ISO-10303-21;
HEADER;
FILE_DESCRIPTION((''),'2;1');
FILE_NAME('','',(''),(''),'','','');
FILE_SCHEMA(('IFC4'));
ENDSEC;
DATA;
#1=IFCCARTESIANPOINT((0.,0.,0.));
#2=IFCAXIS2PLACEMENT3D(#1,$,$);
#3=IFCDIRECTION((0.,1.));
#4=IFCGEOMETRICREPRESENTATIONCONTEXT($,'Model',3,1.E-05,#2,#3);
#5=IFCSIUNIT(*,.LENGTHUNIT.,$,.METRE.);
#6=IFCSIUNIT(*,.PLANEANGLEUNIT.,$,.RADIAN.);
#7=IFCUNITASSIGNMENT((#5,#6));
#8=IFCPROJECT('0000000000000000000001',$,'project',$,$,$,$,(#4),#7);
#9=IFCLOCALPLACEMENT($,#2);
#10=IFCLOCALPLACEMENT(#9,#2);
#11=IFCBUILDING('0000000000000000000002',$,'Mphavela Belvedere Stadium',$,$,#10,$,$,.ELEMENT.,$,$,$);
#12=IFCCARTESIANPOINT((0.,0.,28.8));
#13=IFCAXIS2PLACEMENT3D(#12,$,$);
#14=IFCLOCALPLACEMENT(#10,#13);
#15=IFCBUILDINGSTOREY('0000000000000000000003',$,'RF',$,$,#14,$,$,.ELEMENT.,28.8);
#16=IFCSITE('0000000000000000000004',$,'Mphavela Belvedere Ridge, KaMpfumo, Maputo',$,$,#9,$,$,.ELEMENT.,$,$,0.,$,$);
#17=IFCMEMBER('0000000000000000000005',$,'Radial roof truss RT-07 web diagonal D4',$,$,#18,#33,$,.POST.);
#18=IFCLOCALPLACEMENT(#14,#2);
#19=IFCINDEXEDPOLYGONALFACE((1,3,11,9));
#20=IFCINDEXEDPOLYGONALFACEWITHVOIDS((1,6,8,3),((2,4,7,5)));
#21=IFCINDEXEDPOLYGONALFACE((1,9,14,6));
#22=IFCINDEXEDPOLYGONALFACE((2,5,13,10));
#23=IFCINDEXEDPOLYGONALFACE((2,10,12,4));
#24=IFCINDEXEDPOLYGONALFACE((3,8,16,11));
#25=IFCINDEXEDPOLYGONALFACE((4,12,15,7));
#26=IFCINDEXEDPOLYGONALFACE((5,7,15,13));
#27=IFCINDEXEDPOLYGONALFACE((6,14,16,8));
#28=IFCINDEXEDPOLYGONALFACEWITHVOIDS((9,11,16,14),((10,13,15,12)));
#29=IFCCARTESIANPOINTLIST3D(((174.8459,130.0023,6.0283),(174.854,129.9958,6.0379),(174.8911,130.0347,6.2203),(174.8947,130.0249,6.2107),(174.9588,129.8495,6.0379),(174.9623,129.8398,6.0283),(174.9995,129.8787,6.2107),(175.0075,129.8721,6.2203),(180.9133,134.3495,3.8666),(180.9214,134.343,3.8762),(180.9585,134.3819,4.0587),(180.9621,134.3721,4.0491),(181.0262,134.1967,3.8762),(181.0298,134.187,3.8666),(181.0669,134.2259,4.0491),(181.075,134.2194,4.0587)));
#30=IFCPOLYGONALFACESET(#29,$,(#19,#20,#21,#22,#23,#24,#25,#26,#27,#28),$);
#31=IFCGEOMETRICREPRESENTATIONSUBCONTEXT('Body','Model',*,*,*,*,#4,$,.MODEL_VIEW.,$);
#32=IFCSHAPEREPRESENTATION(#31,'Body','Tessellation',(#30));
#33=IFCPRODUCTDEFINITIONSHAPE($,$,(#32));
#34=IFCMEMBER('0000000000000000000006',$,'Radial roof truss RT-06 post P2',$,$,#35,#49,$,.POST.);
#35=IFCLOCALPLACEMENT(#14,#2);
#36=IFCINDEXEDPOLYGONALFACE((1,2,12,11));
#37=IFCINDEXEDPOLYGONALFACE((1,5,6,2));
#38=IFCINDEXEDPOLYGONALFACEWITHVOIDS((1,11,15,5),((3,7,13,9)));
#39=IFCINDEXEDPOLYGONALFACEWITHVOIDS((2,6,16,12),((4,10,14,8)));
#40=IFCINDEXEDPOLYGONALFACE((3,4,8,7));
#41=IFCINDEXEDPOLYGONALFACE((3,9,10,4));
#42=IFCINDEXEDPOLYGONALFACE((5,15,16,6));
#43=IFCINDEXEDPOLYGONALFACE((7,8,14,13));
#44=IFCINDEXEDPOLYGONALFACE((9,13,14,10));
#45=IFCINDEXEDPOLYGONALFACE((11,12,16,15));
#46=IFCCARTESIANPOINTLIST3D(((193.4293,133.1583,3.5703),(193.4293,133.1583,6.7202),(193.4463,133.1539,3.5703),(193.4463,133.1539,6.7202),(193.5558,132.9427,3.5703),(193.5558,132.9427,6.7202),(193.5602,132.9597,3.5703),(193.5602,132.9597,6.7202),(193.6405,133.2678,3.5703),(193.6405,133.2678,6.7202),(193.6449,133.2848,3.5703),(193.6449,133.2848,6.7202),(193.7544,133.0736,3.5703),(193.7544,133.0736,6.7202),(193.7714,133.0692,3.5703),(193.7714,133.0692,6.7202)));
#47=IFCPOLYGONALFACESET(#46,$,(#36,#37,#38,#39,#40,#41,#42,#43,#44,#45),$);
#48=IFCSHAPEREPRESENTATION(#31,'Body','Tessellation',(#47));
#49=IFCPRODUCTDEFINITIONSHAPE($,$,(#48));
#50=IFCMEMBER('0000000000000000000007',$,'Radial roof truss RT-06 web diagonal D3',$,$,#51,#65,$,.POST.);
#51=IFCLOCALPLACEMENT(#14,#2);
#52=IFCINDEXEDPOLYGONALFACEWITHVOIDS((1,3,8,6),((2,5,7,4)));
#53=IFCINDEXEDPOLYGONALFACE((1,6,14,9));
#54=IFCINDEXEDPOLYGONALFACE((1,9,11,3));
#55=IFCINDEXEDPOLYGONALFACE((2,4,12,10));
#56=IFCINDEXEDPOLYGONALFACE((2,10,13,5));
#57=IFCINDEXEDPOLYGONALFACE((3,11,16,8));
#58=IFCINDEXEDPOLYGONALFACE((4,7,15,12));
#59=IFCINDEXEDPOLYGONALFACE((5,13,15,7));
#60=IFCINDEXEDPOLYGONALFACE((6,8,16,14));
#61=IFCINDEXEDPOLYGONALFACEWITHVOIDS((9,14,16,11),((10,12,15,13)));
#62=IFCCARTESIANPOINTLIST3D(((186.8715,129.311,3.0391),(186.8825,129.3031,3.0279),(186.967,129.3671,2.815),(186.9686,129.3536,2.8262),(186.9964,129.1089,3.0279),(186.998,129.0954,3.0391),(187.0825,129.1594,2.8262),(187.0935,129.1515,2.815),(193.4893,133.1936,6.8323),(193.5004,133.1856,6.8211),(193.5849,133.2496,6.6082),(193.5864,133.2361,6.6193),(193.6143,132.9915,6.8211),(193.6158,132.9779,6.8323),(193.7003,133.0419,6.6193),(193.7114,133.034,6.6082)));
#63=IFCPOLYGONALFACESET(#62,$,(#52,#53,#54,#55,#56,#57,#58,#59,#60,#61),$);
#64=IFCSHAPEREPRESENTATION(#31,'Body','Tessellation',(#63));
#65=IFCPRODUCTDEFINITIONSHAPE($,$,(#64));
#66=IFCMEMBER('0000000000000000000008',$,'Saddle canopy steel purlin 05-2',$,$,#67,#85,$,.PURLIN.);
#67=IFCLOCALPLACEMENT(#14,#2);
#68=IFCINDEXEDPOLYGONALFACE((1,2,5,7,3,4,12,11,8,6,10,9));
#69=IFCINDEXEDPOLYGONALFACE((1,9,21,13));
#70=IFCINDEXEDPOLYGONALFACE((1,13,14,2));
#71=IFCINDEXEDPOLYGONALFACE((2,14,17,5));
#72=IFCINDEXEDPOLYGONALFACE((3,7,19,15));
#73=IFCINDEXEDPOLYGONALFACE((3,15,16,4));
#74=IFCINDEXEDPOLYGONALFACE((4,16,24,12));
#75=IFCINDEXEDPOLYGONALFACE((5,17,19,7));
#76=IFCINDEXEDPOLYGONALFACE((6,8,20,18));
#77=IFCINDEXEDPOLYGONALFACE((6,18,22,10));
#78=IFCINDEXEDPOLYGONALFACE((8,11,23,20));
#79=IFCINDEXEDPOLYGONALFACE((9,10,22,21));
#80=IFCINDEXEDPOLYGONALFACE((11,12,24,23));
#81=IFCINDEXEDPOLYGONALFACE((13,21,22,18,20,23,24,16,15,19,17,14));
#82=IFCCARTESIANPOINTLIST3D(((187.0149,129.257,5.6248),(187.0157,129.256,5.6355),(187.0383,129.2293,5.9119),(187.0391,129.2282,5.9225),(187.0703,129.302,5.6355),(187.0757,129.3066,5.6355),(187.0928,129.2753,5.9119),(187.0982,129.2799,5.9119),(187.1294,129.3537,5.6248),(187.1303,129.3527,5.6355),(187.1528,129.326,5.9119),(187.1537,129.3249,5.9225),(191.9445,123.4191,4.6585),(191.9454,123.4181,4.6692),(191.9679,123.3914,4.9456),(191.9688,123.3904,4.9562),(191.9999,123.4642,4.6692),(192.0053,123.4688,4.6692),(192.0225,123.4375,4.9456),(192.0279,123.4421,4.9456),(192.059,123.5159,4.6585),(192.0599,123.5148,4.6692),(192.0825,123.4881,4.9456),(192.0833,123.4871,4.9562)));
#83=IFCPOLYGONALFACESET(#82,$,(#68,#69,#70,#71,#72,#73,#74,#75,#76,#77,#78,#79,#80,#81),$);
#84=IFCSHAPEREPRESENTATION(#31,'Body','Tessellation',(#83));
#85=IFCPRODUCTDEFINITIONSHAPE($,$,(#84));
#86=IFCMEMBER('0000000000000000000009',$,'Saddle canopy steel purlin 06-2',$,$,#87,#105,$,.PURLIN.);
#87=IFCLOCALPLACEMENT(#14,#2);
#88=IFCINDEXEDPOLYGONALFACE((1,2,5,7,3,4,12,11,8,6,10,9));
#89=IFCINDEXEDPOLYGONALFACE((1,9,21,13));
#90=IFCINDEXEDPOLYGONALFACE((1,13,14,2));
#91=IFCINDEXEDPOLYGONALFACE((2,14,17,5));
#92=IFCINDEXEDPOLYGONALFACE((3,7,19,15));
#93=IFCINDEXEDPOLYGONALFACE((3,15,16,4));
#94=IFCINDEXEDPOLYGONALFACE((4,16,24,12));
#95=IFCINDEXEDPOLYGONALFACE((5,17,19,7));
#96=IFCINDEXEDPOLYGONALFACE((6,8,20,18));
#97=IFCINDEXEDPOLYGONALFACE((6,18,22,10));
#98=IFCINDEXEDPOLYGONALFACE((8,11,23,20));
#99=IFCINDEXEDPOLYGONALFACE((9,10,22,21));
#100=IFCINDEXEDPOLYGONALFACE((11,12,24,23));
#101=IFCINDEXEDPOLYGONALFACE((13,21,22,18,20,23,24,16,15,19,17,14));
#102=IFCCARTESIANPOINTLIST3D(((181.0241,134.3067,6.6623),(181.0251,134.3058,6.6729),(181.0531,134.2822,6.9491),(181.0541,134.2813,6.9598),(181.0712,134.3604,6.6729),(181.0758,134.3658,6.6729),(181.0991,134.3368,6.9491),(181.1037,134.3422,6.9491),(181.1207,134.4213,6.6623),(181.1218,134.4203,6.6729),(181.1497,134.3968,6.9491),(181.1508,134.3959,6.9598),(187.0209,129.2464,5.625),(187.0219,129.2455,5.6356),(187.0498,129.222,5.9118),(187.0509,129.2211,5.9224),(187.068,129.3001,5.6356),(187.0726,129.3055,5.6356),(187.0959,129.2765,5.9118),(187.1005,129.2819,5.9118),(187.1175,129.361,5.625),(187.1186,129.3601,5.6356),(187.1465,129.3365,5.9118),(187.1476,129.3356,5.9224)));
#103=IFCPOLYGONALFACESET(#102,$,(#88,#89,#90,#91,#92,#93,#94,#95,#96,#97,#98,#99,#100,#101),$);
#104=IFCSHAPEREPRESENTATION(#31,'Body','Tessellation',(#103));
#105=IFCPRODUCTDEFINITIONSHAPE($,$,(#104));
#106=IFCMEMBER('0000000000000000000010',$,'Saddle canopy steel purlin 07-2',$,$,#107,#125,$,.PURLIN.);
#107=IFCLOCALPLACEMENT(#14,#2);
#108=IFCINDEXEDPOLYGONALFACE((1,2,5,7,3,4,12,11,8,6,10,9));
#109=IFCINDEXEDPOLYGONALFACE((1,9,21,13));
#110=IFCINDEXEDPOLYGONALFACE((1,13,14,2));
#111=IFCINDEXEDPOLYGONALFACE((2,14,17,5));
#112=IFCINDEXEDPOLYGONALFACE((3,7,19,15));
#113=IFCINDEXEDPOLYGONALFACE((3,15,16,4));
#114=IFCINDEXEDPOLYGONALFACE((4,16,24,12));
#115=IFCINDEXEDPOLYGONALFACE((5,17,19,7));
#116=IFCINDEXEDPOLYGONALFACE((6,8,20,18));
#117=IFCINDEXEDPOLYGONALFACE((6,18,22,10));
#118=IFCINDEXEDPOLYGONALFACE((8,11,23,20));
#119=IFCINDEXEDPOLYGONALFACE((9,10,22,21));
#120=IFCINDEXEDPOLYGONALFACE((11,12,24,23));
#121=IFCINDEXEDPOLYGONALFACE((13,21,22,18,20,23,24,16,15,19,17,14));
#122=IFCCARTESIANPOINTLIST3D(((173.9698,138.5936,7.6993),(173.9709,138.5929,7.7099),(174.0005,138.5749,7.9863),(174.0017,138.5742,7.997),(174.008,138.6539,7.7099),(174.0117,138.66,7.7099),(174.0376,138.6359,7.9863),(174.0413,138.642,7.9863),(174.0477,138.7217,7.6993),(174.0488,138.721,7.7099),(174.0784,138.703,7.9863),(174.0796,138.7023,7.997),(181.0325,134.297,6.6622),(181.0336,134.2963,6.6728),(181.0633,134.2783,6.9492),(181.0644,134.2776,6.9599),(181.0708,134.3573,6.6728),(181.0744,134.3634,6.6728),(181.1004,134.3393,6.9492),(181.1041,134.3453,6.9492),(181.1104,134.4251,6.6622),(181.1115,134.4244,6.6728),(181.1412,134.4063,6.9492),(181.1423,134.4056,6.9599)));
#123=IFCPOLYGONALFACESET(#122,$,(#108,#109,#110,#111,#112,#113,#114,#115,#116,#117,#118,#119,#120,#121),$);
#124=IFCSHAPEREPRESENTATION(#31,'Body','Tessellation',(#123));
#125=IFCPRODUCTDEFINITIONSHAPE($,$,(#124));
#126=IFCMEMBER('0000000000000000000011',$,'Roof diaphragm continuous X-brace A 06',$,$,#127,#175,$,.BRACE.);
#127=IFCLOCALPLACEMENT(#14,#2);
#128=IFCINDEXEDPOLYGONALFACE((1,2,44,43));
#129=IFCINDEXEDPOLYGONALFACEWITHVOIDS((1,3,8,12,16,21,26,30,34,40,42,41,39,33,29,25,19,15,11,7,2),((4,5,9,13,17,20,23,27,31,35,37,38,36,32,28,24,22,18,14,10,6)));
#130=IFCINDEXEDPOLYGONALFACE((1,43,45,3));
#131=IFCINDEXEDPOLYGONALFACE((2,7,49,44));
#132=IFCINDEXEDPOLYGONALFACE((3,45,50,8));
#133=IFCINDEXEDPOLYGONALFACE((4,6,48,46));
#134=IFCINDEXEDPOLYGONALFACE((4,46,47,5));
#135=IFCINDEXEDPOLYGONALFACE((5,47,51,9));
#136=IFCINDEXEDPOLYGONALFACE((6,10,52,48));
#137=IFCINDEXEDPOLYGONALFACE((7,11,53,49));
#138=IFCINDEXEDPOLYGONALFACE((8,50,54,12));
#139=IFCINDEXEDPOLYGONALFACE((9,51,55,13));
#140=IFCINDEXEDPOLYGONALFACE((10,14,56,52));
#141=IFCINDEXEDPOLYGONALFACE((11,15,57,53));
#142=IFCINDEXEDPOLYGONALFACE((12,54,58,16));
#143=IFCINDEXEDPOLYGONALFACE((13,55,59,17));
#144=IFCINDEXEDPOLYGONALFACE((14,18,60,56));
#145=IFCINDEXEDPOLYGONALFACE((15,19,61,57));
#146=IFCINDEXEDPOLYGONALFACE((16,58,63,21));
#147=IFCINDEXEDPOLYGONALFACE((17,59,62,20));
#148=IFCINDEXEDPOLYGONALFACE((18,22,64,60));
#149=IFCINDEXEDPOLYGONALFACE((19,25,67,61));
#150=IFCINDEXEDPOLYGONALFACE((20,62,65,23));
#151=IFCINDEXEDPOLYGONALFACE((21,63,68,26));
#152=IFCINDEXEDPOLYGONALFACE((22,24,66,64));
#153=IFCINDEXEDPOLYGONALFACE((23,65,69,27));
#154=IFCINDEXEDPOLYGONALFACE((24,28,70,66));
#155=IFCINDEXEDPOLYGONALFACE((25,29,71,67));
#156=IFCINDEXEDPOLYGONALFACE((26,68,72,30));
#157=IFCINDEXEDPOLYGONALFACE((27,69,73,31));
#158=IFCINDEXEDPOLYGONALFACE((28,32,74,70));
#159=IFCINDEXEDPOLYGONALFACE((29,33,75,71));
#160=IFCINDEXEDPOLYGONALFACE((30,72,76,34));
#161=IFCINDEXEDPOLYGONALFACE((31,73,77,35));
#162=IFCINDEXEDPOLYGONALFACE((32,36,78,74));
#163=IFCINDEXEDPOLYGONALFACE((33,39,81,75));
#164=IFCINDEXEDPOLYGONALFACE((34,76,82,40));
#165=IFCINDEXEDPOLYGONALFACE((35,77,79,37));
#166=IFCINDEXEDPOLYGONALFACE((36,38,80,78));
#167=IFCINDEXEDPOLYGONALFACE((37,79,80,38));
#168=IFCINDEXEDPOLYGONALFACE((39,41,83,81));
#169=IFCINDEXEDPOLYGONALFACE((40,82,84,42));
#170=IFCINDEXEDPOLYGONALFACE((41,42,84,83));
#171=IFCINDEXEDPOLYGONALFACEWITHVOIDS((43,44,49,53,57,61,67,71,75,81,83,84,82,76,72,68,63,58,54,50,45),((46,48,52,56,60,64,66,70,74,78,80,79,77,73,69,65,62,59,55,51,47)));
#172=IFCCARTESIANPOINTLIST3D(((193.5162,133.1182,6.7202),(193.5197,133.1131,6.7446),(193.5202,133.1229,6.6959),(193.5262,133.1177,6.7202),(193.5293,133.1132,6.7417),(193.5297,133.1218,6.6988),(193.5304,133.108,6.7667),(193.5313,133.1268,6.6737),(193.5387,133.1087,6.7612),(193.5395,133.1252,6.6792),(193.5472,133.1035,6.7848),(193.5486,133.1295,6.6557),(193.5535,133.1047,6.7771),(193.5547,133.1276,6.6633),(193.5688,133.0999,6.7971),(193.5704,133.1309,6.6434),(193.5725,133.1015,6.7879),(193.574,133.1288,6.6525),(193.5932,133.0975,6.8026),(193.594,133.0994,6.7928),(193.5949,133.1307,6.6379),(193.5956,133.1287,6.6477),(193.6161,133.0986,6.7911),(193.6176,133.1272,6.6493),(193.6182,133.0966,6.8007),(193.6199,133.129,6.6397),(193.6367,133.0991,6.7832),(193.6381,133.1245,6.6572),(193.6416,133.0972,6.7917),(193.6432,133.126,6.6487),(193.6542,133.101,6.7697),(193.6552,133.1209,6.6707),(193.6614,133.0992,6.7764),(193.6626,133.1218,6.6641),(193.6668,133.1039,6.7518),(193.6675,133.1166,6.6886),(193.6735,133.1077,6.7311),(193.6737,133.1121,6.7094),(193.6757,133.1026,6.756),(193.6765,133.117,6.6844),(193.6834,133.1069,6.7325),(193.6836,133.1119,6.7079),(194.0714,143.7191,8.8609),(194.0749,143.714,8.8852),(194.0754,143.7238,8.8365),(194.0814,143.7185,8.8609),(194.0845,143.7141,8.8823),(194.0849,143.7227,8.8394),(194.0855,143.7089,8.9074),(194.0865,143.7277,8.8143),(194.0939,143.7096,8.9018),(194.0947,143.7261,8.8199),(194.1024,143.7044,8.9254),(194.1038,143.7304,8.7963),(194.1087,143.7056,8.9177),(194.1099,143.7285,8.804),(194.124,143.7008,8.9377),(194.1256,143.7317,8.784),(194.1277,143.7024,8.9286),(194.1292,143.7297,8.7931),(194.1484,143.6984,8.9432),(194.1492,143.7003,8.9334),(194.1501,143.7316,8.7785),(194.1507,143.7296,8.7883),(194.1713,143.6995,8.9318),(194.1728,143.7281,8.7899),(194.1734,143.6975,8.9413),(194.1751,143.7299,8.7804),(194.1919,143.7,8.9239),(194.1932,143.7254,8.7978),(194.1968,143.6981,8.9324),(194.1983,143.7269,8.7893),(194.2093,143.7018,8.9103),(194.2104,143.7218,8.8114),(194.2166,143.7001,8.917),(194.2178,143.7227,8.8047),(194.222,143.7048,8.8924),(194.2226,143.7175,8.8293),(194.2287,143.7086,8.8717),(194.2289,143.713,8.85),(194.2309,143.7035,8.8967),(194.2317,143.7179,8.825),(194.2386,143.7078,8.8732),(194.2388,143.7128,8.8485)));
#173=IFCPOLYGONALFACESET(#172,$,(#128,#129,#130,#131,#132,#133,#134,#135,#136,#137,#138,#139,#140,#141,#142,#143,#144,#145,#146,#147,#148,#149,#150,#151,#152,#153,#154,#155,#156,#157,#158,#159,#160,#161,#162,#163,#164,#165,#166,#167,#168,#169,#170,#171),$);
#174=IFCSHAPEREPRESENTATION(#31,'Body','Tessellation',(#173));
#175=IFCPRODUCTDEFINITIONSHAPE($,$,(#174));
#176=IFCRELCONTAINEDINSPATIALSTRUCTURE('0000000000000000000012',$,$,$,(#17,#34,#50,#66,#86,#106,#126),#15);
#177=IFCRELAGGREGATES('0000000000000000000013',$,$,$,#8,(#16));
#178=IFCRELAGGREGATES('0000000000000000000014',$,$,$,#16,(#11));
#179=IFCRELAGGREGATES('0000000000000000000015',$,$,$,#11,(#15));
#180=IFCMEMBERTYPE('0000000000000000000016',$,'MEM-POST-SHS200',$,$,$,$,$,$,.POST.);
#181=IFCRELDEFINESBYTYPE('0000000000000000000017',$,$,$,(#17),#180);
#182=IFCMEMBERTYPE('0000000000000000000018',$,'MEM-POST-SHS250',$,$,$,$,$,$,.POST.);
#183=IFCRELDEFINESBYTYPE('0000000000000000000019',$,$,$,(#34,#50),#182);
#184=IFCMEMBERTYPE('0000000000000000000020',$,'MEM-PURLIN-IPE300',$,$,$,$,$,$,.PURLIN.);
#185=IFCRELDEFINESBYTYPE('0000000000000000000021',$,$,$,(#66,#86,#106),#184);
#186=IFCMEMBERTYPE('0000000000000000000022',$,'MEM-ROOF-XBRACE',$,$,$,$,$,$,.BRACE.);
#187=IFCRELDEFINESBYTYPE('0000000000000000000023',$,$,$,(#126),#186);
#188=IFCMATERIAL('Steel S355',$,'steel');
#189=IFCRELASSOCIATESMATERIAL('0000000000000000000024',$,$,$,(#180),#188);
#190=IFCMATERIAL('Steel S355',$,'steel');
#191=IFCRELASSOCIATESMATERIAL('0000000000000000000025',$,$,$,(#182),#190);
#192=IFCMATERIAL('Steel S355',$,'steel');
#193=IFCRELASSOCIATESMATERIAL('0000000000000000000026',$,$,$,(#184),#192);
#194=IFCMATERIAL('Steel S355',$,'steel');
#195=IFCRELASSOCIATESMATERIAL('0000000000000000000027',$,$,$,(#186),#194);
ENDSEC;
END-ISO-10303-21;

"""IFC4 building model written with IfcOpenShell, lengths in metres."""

from ifc_helpers import new_model, si_unit, direction, frame, origin, origin_2d, place, context, subcontext, project, spatial, hollow_rectangle, hollow_circle, i_section, extrude, material, material_profile, profile_set, type_object, element, save


model = new_model("IFC4")

# Units and contexts
model_context = context("Model", 3, precision=1e-05, world=origin(), true_north=direction((0.0, 1.0)))
body_context = subcontext(model_context, "Body", "Model", "MODEL_VIEW")
ifc_project = project(units=[si_unit("LENGTHUNIT", "METRE"), si_unit("PLANEANGLEUNIT", "RADIAN")], contexts=[model_context])

# Site, building, storey
site_placement = place(None, origin())
site = spatial("IfcSite", under=ifc_project, at=site_placement, Name="Mphavela Belvedere Ridge, KaMpfumo, Maputo", CompositionType="ELEMENT", RefElevation=0.0)
building_placement = place(site_placement, origin())
building = spatial("IfcBuilding", under=site, at=building_placement, Name="Mphavela Belvedere Stadium", CompositionType="ELEMENT")
storey_placement = place(building_placement, frame((0.0, 0.0, 28.8)))
storey = spatial("IfcBuildingStorey", under=building, at=storey_placement, Name="RF", CompositionType="ELEMENT", Elevation=28.8)

# Members
ifc_material_1 = material(Name="Steel S355", Category="steel")
ifc_material_profile_1 = material_profile(ifc_material_1, hollow_rectangle(XDim=0.2, YDim=0.2, WallThickness=0.01, at=origin_2d()), Name="SHS 200x200x10")
ifc_profile_set_1 = profile_set([ifc_material_profile_1], Name="Steel S355")
member_type_1 = type_object("IfcMemberType", Name="MEM-POST-SHS200", PredefinedType="POST", material=ifc_profile_set_1)
member_1_placement = place(storey_placement, frame((180.9941, 134.2844, 3.9626), z_axis=(-0.780804, -0.559431, 0.278176), x_axis=(0.58242, -0.812888, 0.0)))
element("IfcMember", 1, at=member_1_placement, inside=storey, type_object=member_type_1, Name="Radial roof truss RT-07 web diagonal D4", PredefinedType="POST", context=body_context, shape_type="SweptSolid", body=[
    extrude(hollow_rectangle(XDim=0.2, YDim=0.2, WallThickness=0.01, at=origin_2d()), origin(), (0.0, 0.0, 1.0), 7.7708),
])
ifc_material_2 = material(Name="Steel S355", Category="steel")
ifc_material_profile_2 = material_profile(ifc_material_2, hollow_rectangle(XDim=0.25, YDim=0.25, WallThickness=0.0125, at=origin_2d()), Name="SHS 250x250x12.5")
ifc_profile_set_2 = profile_set([ifc_material_profile_2], Name="Steel S355")
member_type_2 = type_object("IfcMemberType", Name="MEM-POST-SHS250", PredefinedType="POST", material=ifc_profile_set_2)
member_2_placement = place(storey_placement, frame((193.6003, 133.1138, 3.5703), z_axis=(0.0, 0.0, 1.0), x_axis=(0.862514, 0.506034, 0.0)))
element("IfcMember", 2, at=member_2_placement, inside=storey, type_object=member_type_2, Name="Radial roof truss RT-06 post P2", PredefinedType="POST", context=body_context, shape_type="SweptSolid", body=[
    extrude(hollow_rectangle(XDim=0.25, YDim=0.25, WallThickness=0.0125, at=origin_2d()), origin(), (0.0, 0.0, 1.0), 3.1499),
])
member_3_placement = place(storey_placement, frame((193.6003, 133.1138, 6.7202), z_axis=(-0.773195, -0.453614, -0.443174), x_axis=(0.50602, -0.862522, 0.0)))
element("IfcMember", 3, at=member_3_placement, inside=storey, type_object=member_type_2, Name="Radial roof truss RT-06 web diagonal D3", PredefinedType="POST", context=body_context, shape_type="SweptSolid", body=[
    extrude(hollow_rectangle(XDim=0.25, YDim=0.25, WallThickness=0.0125, at=origin_2d()), origin(), (0.0, 0.0, 1.0), 8.5591),
])
ifc_material_3 = material(Name="Steel S355", Category="steel")
ifc_material_profile_3 = material_profile(ifc_material_3, i_section(OverallWidth=0.1499, OverallDepth=0.3, WebThickness=0.0071, FlangeThickness=0.0107, at=origin_2d()), Name="IPE 300")
ifc_profile_set_3 = profile_set([ifc_material_profile_3], Name="Steel S355")
member_type_3 = type_object("IfcMemberType", Name="MEM-PURLIN-IPE300", PredefinedType="PURLIN", material=ifc_profile_set_3)
member_4_placement = place(storey_placement, frame((192.0139, 123.4531, 4.8074), z_axis=(-0.640076, 0.757998, 0.125467), x_axis=(-0.764036, -0.645174, 0.0)))
element("IfcMember", 4, at=member_4_placement, inside=storey, type_object=member_type_3, Name="Saddle canopy steel purlin 05-2", PredefinedType="PURLIN", context=body_context, shape_type="SweptSolid", body=[
    extrude(i_section(OverallWidth=0.1499, OverallDepth=0.3, WebThickness=0.0071, FlangeThickness=0.0107, at=origin_2d()), origin(), (0.0, 0.0, 1.0), 7.7017),
])
member_5_placement = place(storey_placement, frame((187.0842, 129.291, 5.7737), z_axis=(-0.757669, 0.639344, 0.131064), x_axis=(-0.644907, -0.764261, 0.0)))
element("IfcMember", 5, at=member_5_placement, inside=storey, type_object=member_type_3, Name="Saddle canopy steel purlin 06-2", PredefinedType="PURLIN", context=body_context, shape_type="SweptSolid", body=[
    extrude(i_section(OverallWidth=0.1499, OverallDepth=0.3, WebThickness=0.0071, FlangeThickness=0.0107, at=origin_2d()), origin(), (0.0, 0.0, 1.0), 7.9148),
])
member_6_placement = place(storey_placement, frame((181.0874, 134.3513, 6.811), z_axis=(-0.847685, 0.51569, 0.124476), x_axis=(-0.519732, -0.854329, 0.0)))
element("IfcMember", 6, at=member_6_placement, inside=storey, type_object=member_type_3, Name="Saddle canopy steel purlin 07-2", PredefinedType="PURLIN", context=body_context, shape_type="SweptSolid", body=[
    extrude(i_section(OverallWidth=0.1499, OverallDepth=0.3, WebThickness=0.0071, FlangeThickness=0.0107, at=origin_2d()), origin(), (0.0, 0.0, 1.0), 8.3318),
])
ifc_material_4 = material(Name="Steel S355", Category="steel")
ifc_material_profile_4 = material_profile(ifc_material_4, hollow_circle(Radius=0.0842, WallThickness=0.01, at=origin_2d()), Name="CHS 168.3x10")
ifc_profile_set_4 = profile_set([ifc_material_profile_4], Name="Steel S355")
member_type_4 = type_object("IfcMemberType", Name="MEM-ROOF-XBRACE", PredefinedType="BRACE", material=ifc_profile_set_4)
member_7_placement = place(storey_placement, frame((193.6003, 133.1138, 6.7202), z_axis=(0.051267, 0.978926, 0.197675), x_axis=(-0.998631, 0.052299, 0.0)))
element("IfcMember", 7, at=member_7_placement, inside=storey, type_object=member_type_4, Name="Roof diaphragm continuous X-brace A 06", PredefinedType="BRACE", context=body_context, shape_type="SweptSolid", body=[
    extrude(hollow_circle(Radius=0.0842, WallThickness=0.01, at=origin_2d()), origin(), (0.0, 0.0, 1.0), 10.8291),
])

save(model, "model.ifc")
